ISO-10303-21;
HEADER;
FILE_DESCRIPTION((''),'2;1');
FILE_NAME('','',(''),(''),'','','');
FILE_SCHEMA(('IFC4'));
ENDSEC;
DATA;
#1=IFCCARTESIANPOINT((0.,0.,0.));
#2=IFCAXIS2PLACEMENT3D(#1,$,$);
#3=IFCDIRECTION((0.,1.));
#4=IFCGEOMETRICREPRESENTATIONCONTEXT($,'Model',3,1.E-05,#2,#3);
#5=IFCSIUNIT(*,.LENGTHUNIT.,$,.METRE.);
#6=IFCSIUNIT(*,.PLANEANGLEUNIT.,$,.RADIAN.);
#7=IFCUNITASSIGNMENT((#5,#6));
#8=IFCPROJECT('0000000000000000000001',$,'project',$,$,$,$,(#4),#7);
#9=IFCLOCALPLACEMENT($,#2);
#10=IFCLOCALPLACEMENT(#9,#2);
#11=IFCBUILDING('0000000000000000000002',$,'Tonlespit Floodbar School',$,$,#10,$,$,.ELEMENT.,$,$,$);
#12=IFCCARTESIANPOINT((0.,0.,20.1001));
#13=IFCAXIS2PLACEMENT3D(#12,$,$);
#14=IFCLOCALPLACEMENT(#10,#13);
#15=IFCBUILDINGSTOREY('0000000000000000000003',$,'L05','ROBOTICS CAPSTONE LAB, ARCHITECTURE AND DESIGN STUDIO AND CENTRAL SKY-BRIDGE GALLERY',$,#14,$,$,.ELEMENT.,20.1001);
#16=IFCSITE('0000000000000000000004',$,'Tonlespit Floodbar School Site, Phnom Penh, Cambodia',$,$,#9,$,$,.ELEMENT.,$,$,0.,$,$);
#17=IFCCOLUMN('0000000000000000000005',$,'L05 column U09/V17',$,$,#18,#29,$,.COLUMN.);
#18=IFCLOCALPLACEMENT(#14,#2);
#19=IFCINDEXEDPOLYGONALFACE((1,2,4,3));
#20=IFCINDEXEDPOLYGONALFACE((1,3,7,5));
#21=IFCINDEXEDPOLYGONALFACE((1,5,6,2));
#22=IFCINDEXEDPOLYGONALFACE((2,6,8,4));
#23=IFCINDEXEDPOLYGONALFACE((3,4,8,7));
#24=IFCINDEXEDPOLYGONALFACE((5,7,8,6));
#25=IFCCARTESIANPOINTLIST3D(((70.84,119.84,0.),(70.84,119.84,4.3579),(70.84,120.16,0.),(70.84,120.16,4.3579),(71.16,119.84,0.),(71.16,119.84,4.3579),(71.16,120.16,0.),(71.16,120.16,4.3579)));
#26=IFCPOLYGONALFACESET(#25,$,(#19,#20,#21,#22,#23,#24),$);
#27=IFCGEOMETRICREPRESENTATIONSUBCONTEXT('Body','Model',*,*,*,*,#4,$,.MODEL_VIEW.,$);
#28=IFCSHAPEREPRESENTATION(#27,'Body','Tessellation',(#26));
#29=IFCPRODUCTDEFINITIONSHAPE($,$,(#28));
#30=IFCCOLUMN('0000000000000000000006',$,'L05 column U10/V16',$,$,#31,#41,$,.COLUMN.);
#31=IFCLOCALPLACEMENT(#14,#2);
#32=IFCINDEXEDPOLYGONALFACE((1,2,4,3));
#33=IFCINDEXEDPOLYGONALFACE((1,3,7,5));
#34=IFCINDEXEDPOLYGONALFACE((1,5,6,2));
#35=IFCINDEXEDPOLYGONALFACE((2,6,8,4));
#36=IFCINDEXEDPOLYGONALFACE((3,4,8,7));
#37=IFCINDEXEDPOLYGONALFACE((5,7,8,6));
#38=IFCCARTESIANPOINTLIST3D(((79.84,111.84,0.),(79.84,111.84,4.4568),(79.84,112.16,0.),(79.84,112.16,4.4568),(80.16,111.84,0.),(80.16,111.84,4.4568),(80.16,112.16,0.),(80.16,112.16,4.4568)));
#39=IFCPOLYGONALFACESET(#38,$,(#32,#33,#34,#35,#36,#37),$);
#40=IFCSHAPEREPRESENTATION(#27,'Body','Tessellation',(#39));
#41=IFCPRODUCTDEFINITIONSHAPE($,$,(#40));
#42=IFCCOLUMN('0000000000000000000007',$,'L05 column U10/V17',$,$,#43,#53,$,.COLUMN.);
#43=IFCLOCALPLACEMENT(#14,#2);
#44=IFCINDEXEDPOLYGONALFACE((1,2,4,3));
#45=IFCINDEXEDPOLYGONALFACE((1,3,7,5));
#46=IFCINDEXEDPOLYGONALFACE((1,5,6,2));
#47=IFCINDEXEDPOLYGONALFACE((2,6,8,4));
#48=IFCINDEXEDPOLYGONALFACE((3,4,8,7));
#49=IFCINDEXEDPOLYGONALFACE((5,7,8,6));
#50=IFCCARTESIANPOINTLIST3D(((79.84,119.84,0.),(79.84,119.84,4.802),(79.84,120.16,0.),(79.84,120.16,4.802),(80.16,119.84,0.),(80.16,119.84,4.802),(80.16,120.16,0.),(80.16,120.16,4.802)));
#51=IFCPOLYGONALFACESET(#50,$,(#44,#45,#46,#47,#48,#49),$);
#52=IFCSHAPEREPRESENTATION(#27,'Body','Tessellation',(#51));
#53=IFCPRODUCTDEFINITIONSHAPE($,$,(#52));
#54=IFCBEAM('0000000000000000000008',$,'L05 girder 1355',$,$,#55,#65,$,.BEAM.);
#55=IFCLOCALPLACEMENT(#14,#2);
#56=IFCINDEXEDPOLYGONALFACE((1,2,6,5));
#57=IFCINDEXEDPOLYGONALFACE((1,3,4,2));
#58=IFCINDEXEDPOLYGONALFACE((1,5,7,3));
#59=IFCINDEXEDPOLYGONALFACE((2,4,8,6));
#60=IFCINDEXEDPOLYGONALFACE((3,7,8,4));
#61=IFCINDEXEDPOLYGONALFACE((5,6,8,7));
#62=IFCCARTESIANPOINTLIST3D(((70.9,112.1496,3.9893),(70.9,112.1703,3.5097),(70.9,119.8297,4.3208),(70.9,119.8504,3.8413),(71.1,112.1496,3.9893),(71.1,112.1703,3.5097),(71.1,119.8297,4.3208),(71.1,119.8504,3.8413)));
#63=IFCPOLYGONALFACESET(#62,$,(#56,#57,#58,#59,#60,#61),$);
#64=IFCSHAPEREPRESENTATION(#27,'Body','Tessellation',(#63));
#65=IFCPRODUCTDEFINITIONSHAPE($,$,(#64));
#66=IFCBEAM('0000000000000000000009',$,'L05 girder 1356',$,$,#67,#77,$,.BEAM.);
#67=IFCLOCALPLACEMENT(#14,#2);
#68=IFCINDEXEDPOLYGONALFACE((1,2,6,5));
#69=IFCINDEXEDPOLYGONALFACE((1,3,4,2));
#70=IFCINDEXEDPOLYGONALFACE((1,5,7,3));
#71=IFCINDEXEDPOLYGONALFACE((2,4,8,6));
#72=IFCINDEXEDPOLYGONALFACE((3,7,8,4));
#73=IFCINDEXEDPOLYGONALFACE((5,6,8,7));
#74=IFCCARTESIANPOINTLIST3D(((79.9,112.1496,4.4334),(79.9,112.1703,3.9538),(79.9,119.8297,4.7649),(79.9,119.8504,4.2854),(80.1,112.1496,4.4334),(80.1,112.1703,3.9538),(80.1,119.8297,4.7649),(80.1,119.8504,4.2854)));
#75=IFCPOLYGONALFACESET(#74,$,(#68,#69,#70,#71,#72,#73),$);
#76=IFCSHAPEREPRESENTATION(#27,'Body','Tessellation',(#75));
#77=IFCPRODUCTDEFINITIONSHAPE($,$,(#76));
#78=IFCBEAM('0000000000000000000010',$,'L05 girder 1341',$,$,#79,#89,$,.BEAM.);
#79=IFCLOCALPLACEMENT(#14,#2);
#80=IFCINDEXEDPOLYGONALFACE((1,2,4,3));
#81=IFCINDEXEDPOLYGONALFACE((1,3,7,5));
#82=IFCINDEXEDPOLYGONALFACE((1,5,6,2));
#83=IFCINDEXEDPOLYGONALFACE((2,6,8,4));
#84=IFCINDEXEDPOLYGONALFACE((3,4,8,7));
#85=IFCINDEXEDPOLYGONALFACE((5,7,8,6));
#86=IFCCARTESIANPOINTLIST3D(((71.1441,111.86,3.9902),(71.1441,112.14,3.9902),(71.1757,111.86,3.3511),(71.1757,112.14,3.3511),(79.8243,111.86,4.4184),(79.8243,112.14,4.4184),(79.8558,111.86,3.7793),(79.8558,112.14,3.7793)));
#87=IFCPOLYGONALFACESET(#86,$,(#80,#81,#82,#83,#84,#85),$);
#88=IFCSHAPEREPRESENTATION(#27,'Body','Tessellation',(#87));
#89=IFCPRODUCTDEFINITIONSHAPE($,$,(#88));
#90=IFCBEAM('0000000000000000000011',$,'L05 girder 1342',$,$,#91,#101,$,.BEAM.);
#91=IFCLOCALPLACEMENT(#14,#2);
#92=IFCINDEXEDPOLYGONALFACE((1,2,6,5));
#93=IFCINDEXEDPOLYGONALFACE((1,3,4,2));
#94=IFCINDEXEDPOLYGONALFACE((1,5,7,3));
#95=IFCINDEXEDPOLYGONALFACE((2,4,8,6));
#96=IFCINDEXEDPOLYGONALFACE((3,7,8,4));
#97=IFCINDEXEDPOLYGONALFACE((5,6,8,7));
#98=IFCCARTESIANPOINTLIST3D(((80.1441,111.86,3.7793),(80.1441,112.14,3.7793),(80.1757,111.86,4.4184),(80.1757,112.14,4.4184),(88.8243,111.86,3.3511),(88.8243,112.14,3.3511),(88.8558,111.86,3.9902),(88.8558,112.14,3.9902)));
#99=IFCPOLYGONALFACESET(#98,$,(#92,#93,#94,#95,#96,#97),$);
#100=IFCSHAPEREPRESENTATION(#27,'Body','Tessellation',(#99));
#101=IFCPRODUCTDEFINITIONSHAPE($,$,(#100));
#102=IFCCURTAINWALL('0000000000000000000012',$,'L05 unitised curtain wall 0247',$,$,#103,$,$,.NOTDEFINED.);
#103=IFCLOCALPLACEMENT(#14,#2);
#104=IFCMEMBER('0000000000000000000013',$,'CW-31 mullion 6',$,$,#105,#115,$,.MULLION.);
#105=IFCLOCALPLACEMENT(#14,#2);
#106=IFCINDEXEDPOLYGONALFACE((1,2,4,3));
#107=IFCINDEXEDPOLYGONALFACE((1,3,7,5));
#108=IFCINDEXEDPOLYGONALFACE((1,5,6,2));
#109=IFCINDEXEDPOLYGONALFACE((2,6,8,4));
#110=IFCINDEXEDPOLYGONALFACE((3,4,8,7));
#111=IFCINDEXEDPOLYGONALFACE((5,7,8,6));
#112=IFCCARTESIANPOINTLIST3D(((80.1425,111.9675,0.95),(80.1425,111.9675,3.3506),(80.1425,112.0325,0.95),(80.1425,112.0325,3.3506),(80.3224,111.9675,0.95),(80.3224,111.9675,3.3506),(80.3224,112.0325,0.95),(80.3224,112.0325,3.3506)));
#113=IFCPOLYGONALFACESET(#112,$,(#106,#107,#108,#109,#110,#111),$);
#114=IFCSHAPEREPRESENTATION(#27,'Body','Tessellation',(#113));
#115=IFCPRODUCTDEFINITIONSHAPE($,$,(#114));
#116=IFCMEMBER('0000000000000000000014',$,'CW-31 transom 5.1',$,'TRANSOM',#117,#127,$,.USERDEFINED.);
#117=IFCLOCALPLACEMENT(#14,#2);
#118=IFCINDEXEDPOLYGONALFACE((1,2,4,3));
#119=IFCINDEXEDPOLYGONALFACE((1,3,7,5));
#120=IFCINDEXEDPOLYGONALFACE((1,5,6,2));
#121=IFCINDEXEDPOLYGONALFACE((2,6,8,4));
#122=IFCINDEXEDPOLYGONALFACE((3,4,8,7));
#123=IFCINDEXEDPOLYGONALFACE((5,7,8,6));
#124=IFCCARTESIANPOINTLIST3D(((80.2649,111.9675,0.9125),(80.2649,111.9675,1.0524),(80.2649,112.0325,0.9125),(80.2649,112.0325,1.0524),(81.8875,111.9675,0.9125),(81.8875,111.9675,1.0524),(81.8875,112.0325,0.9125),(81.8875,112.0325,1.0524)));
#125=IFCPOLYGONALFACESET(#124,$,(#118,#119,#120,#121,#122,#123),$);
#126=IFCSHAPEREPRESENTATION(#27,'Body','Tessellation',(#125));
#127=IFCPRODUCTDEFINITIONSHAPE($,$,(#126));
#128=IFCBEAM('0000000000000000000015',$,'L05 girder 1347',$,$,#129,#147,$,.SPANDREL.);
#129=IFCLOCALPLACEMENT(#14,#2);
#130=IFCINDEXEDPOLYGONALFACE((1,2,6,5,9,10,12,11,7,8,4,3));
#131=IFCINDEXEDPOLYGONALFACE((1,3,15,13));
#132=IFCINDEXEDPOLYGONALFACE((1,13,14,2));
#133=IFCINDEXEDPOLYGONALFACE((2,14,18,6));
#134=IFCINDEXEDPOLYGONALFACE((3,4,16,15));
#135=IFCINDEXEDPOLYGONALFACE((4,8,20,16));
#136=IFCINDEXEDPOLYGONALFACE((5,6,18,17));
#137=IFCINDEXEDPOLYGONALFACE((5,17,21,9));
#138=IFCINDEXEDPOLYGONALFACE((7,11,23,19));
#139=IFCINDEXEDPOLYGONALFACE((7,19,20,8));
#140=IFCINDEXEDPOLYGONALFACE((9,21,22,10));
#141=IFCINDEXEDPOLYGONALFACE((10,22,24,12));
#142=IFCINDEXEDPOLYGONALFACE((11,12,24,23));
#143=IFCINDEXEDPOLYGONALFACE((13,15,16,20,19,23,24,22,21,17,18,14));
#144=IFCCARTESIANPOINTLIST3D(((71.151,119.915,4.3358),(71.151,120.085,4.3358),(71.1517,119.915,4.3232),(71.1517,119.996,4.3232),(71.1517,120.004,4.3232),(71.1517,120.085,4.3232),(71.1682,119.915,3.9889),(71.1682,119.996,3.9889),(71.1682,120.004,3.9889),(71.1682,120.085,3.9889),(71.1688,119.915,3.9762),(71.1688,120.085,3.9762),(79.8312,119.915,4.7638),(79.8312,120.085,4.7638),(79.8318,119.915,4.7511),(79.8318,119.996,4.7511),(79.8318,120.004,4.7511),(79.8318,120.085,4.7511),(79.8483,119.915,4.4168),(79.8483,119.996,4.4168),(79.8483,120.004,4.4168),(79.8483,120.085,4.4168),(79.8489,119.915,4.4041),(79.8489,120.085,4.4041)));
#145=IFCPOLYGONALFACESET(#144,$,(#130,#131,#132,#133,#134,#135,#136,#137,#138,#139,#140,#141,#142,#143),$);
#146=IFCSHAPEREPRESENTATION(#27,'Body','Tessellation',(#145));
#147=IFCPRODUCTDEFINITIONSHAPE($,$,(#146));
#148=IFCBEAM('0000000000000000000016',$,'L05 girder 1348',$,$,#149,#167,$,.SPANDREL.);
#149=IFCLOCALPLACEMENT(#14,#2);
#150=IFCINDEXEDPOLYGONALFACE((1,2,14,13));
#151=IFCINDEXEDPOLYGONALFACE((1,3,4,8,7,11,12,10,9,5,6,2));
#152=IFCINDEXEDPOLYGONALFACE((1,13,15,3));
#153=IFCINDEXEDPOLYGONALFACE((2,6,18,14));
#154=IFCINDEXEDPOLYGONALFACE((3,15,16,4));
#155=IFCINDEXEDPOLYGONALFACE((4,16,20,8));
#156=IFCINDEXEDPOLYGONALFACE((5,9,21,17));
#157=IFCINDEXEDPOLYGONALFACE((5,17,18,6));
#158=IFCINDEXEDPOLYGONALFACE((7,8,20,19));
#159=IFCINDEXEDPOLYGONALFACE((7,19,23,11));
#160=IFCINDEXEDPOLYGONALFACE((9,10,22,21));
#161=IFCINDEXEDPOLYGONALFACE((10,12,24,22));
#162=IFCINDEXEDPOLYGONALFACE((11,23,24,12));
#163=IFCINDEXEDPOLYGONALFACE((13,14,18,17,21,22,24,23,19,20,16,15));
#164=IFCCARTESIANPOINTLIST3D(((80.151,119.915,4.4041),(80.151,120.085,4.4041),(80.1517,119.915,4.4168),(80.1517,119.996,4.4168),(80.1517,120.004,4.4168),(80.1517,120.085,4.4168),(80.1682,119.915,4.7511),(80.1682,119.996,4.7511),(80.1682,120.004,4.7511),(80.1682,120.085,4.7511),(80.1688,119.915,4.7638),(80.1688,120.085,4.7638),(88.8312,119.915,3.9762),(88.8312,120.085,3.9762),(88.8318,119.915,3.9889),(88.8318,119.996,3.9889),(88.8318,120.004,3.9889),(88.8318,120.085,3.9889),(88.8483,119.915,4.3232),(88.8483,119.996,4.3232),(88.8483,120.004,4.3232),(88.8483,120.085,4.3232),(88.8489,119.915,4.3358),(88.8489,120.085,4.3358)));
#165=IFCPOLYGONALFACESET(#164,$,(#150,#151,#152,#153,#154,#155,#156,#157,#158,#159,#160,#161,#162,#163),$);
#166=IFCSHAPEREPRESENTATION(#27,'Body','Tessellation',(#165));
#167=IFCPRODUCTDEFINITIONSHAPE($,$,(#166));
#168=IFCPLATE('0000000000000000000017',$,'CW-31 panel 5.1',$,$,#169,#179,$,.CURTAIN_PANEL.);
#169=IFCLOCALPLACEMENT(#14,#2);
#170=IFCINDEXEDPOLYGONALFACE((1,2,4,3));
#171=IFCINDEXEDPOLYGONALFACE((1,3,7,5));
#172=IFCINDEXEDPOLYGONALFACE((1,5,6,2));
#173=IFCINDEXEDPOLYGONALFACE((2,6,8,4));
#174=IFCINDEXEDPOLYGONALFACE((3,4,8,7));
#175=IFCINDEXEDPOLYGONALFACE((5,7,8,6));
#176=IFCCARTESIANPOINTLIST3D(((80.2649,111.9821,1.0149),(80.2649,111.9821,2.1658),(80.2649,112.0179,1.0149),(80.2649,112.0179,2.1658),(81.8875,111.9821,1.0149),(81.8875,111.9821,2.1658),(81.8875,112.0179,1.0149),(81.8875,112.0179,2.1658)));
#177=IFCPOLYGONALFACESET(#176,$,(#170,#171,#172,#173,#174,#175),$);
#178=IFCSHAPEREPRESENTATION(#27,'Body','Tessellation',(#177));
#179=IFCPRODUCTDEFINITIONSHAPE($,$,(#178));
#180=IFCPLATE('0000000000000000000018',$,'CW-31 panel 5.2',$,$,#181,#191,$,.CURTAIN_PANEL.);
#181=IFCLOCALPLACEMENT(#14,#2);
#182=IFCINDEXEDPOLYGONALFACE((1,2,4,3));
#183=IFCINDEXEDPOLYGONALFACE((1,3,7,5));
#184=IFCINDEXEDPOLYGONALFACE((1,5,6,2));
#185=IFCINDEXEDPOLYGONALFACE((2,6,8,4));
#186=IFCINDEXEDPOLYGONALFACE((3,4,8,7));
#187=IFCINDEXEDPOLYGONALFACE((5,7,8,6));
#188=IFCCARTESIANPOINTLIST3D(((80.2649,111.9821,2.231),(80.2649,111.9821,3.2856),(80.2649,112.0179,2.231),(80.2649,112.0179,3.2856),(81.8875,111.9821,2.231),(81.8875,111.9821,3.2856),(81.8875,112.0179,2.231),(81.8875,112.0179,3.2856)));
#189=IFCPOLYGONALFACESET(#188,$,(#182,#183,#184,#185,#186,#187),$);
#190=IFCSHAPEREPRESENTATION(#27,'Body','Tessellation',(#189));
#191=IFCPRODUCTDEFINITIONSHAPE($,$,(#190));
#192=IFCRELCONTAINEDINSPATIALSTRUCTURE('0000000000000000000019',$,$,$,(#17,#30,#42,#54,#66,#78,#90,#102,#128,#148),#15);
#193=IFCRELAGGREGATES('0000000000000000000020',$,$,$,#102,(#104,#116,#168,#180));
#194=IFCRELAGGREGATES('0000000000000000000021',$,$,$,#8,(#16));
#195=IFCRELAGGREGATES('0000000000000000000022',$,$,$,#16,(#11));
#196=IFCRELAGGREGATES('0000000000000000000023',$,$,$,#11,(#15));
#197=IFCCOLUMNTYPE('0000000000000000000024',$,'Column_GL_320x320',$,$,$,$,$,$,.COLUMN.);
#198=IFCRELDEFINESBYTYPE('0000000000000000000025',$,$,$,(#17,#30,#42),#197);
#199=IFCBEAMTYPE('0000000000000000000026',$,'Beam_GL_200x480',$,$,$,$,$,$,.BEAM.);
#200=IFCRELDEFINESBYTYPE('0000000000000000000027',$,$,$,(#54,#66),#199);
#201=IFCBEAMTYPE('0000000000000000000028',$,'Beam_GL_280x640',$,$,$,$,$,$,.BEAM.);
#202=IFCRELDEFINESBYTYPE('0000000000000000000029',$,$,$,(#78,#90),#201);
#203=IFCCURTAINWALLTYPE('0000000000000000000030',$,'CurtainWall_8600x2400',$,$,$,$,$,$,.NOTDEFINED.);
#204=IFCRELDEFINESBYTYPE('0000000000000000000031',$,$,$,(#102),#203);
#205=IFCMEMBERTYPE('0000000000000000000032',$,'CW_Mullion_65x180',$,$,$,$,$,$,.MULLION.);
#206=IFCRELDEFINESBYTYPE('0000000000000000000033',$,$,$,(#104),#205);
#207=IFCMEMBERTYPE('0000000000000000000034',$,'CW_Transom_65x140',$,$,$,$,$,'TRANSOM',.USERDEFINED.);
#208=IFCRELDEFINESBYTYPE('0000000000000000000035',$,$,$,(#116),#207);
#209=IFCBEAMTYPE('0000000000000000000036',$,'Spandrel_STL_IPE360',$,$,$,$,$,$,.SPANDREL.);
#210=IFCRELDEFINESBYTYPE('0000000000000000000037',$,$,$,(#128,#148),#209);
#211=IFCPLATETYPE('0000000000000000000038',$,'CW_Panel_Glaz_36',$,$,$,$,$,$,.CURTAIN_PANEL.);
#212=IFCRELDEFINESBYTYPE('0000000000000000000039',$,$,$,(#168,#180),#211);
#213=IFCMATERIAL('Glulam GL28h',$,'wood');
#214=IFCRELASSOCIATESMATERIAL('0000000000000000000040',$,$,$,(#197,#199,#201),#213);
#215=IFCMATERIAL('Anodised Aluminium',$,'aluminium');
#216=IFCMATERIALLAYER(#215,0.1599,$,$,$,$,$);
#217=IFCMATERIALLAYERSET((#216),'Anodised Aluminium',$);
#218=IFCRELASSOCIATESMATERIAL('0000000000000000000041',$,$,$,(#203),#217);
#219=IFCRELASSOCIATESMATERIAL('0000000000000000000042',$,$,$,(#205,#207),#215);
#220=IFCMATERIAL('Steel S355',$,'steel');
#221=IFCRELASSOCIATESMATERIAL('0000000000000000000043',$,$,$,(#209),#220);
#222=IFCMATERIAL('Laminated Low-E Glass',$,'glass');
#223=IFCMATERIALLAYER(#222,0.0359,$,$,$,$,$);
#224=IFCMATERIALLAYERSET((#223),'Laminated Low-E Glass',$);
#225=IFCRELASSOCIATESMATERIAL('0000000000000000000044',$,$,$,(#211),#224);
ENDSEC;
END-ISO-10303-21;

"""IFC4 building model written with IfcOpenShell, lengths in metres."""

from ifc_helpers import new_model, si_unit, direction, frame, origin, origin_2d, place, context, subcontext, project, spatial, rectangle, i_section, extrude, material, layer, layer_set, material_profile, profile_set, type_object, element, aggregate, save


model = new_model("IFC4")

# Units and contexts
model_context = context("Model", 3, precision=1e-05, world=origin(), true_north=direction((0.0, 1.0)))
body_context = subcontext(model_context, "Body", "Model", "MODEL_VIEW")
ifc_project = project(units=[si_unit("LENGTHUNIT", "METRE"), si_unit("PLANEANGLEUNIT", "RADIAN")], contexts=[model_context])

# Site, building, storey
site_placement = place(None, origin())
site = spatial("IfcSite", under=ifc_project, at=site_placement, Name="Tonlespit Floodbar School Site, Phnom Penh, Cambodia", CompositionType="ELEMENT", RefElevation=0.0)
building_placement = place(site_placement, origin())
building = spatial("IfcBuilding", under=site, at=building_placement, Name="Tonlespit Floodbar School", CompositionType="ELEMENT")
storey_placement = place(building_placement, frame((0.0, 0.0, 20.1001)))
storey = spatial("IfcBuildingStorey", under=building, at=storey_placement, Name="L05", Description="ROBOTICS CAPSTONE LAB, ARCHITECTURE AND DESIGN STUDIO AND CENTRAL SKY-BRIDGE GALLERY", CompositionType="ELEMENT", Elevation=20.1001)

# Columns
ifc_material_1 = material(Name="Glulam GL28h", Category="wood")
ifc_material_profile_1 = material_profile(ifc_material_1, rectangle(XDim=0.3201, YDim=0.3201, at=origin_2d()), Name="GL 320x320")
ifc_profile_set_1 = profile_set([ifc_material_profile_1], Name="Glulam GL28h")
column_type = type_object("IfcColumnType", Name="Column_GL_320x320", PredefinedType="COLUMN", material=ifc_profile_set_1)
column_1_placement = place(storey_placement, frame((71.0, 120.0, 0.0), z_axis=(0.0, 0.0, 1.0), x_axis=(1.0, 0.0, 0.0)))
element("IfcColumn", 1, at=column_1_placement, inside=storey, type_object=column_type, Name="L05 column U09/V17", PredefinedType="COLUMN", context=body_context, shape_type="SweptSolid", body=[
    extrude(rectangle(XDim=0.3201, YDim=0.3201, at=origin_2d()), origin(), (0.0, 0.0, 1.0), 4.3579),
])
column_2_placement = place(storey_placement, frame((80.0, 112.0, 0.0), z_axis=(0.0, 0.0, 1.0), x_axis=(1.0, 0.0, 0.0)))
element("IfcColumn", 2, at=column_2_placement, inside=storey, type_object=column_type, Name="L05 column U10/V16", PredefinedType="COLUMN", context=body_context, shape_type="SweptSolid", body=[
    extrude(rectangle(XDim=0.3201, YDim=0.3201, at=origin_2d()), origin(), (0.0, 0.0, 1.0), 4.4568),
])
column_3_placement = place(storey_placement, frame((80.0, 120.0, 0.0), z_axis=(0.0, 0.0, 1.0), x_axis=(1.0, 0.0, 0.0)))
element("IfcColumn", 3, at=column_3_placement, inside=storey, type_object=column_type, Name="L05 column U10/V17", PredefinedType="COLUMN", context=body_context, shape_type="SweptSolid", body=[
    extrude(rectangle(XDim=0.3201, YDim=0.3201, at=origin_2d()), origin(), (0.0, 0.0, 1.0), 4.802),
])

# Beams
ifc_material_profile_2 = material_profile(ifc_material_1, rectangle(XDim=0.2, YDim=0.48, at=origin_2d()), Name="GL 200x480")
ifc_profile_set_2 = profile_set([ifc_material_profile_2], Name="Glulam GL28h")
beam_type_1 = type_object("IfcBeamType", Name="Beam_GL_200x480", PredefinedType="BEAM", material=ifc_profile_set_2)
for number, where, z_axis, x_axis, name in (
    (4, (71.0, 112.1599, 3.7495), (0.0, 0.99907, 0.043129), (-1.0, 0.0, 0.0), "L05 girder 1355"),
    (5, (80.0, 112.1599, 4.1936), (0.0, 0.99907, 0.043129), (-1.0, 0.0, 0.0), "L05 girder 1356"),
):
    element("IfcBeam", number, at=place(storey_placement, frame(where, z_axis=z_axis, x_axis=x_axis)), inside=storey, type_object=beam_type_1, Name=name, PredefinedType="BEAM", context=body_context, shape_type="SweptSolid", body=[
        extrude(rectangle(XDim=0.2, YDim=0.48, at=origin_2d()), origin(), (0.0, 0.0, 1.0), 7.6873),
    ])
ifc_material_profile_3 = material_profile(ifc_material_1, rectangle(XDim=0.28, YDim=0.6399, at=origin_2d()), Name="GL 280x640")
ifc_profile_set_3 = profile_set([ifc_material_profile_3], Name="Glulam GL28h")
beam_type_2 = type_object("IfcBeamType", Name="Beam_GL_280x640", PredefinedType="BEAM", material=ifc_profile_set_3)
for number, where, z_axis, x_axis, name in (
    (6, (71.1599, 112.0, 3.6707), (0.998785, 0.0, 0.049273), (0.0, 1.0, 0.0), "L05 girder 1341"),
    (7, (80.1599, 112.0, 4.0989), (0.998785, 0.0, -0.049273), (0.0, 1.0, 0.0), "L05 girder 1342"),
):
    element("IfcBeam", number, at=place(storey_placement, frame(where, z_axis=z_axis, x_axis=x_axis)), inside=storey, type_object=beam_type_2, Name=name, PredefinedType="BEAM", context=body_context, shape_type="SweptSolid", body=[
        extrude(rectangle(XDim=0.28, YDim=0.6399, at=origin_2d()), origin(), (0.0, 0.0, 1.0), 8.6907),
    ])

# Curtain wall, members
ifc_material_2 = material(Name="Anodised Aluminium", Category="aluminium")
ifc_layer_1 = layer(ifc_material_2, 0.1599)
ifc_layer_set_1 = layer_set([ifc_layer_1], Name="Anodised Aluminium")
curtain_wall_type = type_object("IfcCurtainWallType", Name="CurtainWall_8600x2400", PredefinedType="NOTDEFINED", material=ifc_layer_set_1)
curtain_wall_placement = place(storey_placement, origin())
curtain_wall = element("IfcCurtainWall", 8, at=curtain_wall_placement, inside=storey, type_object=curtain_wall_type, Name="L05 unitised curtain wall 0247", PredefinedType="NOTDEFINED")
ifc_material_profile_4 = material_profile(ifc_material_2, rectangle(XDim=0.0649, YDim=0.1799, at=origin_2d()), Name="ALU M65x180")
ifc_profile_set_4 = profile_set([ifc_material_profile_4], Name="Anodised Aluminium")
member_type_1 = type_object("IfcMemberType", Name="CW_Mullion_65x180", PredefinedType="MULLION", material=ifc_profile_set_4)
member_1_placement = place(storey_placement, frame((80.2324, 112.0, 0.95), z_axis=(0.0, 0.0, 1.0), x_axis=(0.0, -1.0, 0.0)))
member_1 = element("IfcMember", 9, at=member_1_placement, type_object=member_type_1, Name="CW-31 mullion 6", PredefinedType="MULLION", context=body_context, shape_type="SweptSolid", body=[
    extrude(rectangle(XDim=0.0649, YDim=0.1799, at=origin_2d()), origin(), (0.0, 0.0, 1.0), 2.4006),
])
ifc_material_profile_5 = material_profile(ifc_material_2, rectangle(XDim=0.0649, YDim=0.1399, at=origin_2d()), Name="ALU T65x140")
ifc_profile_set_5 = profile_set([ifc_material_profile_5], Name="Anodised Aluminium")
member_type_2 = type_object("IfcMemberType", Name="CW_Transom_65x140", ElementType="TRANSOM", PredefinedType="USERDEFINED", material=ifc_profile_set_5)
member_2_placement = place(storey_placement, frame((81.8875, 112.0, 0.9824), z_axis=(-1.0, 0.0, 0.0), x_axis=(0.0, -1.0, 0.0)))
member_2 = element("IfcMember", 10, at=member_2_placement, type_object=member_type_2, Name="CW-31 transom 5.1", ObjectType="TRANSOM", PredefinedType="USERDEFINED", context=body_context, shape_type="SweptSolid", body=[
    extrude(rectangle(XDim=0.0649, YDim=0.1399, at=origin_2d()), origin(), (0.0, 0.0, 1.0), 1.6226),
])

# Beams
ifc_material_3 = material(Name="Steel S355", Category="steel")
ifc_material_profile_6 = material_profile(ifc_material_3, i_section(OverallWidth=0.1699, OverallDepth=0.3601, WebThickness=0.0081, FlangeThickness=0.0127, at=origin_2d()), Name="IPE 360")
ifc_profile_set_6 = profile_set([ifc_material_profile_6], Name="Steel S355")
beam_type_3 = type_object("IfcBeamType", Name="Spandrel_STL_IPE360", PredefinedType="SPANDREL", material=ifc_profile_set_6)
for number, where, z_axis, x_axis, name in (
    (11, (71.1599, 120.0, 4.156), (0.998787, 0.0, 0.049245), (0.0, 1.0, 0.0), "L05 girder 1347"),
    (12, (80.1599, 120.0, 4.584), (0.998787, 0.0, -0.049245), (0.0, 1.0, 0.0), "L05 girder 1348"),
):
    element("IfcBeam", number, at=place(storey_placement, frame(where, z_axis=z_axis, x_axis=x_axis)), inside=storey, type_object=beam_type_3, Name=name, PredefinedType="SPANDREL", context=body_context, shape_type="SweptSolid", body=[
        extrude(i_section(OverallWidth=0.1699, OverallDepth=0.3601, WebThickness=0.0081, FlangeThickness=0.0127, at=origin_2d()), origin(), (0.0, 0.0, 1.0), 8.6907),
    ])

# Plates
ifc_material_4 = material(Name="Laminated Low-E Glass", Category="glass")
ifc_layer_2 = layer(ifc_material_4, 0.0359)
ifc_layer_set_2 = layer_set([ifc_layer_2], Name="Laminated Low-E Glass")
plate_type_1 = type_object("IfcPlateType", Name="CW_Panel_Glaz_36", PredefinedType="CURTAIN_PANEL", material=ifc_layer_set_2)
plate_1_placement = place(storey_placement, frame((81.0762, 112.0, 1.0149), z_axis=(0.0, 0.0, 1.0), x_axis=(-1.0, 0.0, 0.0)))
plate_1 = element("IfcPlate", 13, at=plate_1_placement, type_object=plate_type_1, Name="CW-31 panel 5.1", PredefinedType="CURTAIN_PANEL", context=body_context, shape_type="SweptSolid", body=[
    extrude(rectangle(XDim=1.6226, YDim=0.0359, at=origin_2d()), origin(), (0.0, 0.0, 1.0), 1.1509),
])
plate_2_placement = place(storey_placement, frame((81.0762, 112.0, 2.231), z_axis=(0.0, 0.0, 1.0), x_axis=(-1.0, 0.0, 0.0)))
plate_2 = element("IfcPlate", 14, at=plate_2_placement, type_object=plate_type_1, Name="CW-31 panel 5.2", PredefinedType="CURTAIN_PANEL", context=body_context, shape_type="SweptSolid", body=[
    extrude(rectangle(XDim=1.6226, YDim=0.0359, at=origin_2d()), origin(), (0.0, 0.0, 1.0), 1.0547),
])
aggregate(curtain_wall, [member_1, member_2, plate_1, plate_2])

save(model, "model.ifc")
